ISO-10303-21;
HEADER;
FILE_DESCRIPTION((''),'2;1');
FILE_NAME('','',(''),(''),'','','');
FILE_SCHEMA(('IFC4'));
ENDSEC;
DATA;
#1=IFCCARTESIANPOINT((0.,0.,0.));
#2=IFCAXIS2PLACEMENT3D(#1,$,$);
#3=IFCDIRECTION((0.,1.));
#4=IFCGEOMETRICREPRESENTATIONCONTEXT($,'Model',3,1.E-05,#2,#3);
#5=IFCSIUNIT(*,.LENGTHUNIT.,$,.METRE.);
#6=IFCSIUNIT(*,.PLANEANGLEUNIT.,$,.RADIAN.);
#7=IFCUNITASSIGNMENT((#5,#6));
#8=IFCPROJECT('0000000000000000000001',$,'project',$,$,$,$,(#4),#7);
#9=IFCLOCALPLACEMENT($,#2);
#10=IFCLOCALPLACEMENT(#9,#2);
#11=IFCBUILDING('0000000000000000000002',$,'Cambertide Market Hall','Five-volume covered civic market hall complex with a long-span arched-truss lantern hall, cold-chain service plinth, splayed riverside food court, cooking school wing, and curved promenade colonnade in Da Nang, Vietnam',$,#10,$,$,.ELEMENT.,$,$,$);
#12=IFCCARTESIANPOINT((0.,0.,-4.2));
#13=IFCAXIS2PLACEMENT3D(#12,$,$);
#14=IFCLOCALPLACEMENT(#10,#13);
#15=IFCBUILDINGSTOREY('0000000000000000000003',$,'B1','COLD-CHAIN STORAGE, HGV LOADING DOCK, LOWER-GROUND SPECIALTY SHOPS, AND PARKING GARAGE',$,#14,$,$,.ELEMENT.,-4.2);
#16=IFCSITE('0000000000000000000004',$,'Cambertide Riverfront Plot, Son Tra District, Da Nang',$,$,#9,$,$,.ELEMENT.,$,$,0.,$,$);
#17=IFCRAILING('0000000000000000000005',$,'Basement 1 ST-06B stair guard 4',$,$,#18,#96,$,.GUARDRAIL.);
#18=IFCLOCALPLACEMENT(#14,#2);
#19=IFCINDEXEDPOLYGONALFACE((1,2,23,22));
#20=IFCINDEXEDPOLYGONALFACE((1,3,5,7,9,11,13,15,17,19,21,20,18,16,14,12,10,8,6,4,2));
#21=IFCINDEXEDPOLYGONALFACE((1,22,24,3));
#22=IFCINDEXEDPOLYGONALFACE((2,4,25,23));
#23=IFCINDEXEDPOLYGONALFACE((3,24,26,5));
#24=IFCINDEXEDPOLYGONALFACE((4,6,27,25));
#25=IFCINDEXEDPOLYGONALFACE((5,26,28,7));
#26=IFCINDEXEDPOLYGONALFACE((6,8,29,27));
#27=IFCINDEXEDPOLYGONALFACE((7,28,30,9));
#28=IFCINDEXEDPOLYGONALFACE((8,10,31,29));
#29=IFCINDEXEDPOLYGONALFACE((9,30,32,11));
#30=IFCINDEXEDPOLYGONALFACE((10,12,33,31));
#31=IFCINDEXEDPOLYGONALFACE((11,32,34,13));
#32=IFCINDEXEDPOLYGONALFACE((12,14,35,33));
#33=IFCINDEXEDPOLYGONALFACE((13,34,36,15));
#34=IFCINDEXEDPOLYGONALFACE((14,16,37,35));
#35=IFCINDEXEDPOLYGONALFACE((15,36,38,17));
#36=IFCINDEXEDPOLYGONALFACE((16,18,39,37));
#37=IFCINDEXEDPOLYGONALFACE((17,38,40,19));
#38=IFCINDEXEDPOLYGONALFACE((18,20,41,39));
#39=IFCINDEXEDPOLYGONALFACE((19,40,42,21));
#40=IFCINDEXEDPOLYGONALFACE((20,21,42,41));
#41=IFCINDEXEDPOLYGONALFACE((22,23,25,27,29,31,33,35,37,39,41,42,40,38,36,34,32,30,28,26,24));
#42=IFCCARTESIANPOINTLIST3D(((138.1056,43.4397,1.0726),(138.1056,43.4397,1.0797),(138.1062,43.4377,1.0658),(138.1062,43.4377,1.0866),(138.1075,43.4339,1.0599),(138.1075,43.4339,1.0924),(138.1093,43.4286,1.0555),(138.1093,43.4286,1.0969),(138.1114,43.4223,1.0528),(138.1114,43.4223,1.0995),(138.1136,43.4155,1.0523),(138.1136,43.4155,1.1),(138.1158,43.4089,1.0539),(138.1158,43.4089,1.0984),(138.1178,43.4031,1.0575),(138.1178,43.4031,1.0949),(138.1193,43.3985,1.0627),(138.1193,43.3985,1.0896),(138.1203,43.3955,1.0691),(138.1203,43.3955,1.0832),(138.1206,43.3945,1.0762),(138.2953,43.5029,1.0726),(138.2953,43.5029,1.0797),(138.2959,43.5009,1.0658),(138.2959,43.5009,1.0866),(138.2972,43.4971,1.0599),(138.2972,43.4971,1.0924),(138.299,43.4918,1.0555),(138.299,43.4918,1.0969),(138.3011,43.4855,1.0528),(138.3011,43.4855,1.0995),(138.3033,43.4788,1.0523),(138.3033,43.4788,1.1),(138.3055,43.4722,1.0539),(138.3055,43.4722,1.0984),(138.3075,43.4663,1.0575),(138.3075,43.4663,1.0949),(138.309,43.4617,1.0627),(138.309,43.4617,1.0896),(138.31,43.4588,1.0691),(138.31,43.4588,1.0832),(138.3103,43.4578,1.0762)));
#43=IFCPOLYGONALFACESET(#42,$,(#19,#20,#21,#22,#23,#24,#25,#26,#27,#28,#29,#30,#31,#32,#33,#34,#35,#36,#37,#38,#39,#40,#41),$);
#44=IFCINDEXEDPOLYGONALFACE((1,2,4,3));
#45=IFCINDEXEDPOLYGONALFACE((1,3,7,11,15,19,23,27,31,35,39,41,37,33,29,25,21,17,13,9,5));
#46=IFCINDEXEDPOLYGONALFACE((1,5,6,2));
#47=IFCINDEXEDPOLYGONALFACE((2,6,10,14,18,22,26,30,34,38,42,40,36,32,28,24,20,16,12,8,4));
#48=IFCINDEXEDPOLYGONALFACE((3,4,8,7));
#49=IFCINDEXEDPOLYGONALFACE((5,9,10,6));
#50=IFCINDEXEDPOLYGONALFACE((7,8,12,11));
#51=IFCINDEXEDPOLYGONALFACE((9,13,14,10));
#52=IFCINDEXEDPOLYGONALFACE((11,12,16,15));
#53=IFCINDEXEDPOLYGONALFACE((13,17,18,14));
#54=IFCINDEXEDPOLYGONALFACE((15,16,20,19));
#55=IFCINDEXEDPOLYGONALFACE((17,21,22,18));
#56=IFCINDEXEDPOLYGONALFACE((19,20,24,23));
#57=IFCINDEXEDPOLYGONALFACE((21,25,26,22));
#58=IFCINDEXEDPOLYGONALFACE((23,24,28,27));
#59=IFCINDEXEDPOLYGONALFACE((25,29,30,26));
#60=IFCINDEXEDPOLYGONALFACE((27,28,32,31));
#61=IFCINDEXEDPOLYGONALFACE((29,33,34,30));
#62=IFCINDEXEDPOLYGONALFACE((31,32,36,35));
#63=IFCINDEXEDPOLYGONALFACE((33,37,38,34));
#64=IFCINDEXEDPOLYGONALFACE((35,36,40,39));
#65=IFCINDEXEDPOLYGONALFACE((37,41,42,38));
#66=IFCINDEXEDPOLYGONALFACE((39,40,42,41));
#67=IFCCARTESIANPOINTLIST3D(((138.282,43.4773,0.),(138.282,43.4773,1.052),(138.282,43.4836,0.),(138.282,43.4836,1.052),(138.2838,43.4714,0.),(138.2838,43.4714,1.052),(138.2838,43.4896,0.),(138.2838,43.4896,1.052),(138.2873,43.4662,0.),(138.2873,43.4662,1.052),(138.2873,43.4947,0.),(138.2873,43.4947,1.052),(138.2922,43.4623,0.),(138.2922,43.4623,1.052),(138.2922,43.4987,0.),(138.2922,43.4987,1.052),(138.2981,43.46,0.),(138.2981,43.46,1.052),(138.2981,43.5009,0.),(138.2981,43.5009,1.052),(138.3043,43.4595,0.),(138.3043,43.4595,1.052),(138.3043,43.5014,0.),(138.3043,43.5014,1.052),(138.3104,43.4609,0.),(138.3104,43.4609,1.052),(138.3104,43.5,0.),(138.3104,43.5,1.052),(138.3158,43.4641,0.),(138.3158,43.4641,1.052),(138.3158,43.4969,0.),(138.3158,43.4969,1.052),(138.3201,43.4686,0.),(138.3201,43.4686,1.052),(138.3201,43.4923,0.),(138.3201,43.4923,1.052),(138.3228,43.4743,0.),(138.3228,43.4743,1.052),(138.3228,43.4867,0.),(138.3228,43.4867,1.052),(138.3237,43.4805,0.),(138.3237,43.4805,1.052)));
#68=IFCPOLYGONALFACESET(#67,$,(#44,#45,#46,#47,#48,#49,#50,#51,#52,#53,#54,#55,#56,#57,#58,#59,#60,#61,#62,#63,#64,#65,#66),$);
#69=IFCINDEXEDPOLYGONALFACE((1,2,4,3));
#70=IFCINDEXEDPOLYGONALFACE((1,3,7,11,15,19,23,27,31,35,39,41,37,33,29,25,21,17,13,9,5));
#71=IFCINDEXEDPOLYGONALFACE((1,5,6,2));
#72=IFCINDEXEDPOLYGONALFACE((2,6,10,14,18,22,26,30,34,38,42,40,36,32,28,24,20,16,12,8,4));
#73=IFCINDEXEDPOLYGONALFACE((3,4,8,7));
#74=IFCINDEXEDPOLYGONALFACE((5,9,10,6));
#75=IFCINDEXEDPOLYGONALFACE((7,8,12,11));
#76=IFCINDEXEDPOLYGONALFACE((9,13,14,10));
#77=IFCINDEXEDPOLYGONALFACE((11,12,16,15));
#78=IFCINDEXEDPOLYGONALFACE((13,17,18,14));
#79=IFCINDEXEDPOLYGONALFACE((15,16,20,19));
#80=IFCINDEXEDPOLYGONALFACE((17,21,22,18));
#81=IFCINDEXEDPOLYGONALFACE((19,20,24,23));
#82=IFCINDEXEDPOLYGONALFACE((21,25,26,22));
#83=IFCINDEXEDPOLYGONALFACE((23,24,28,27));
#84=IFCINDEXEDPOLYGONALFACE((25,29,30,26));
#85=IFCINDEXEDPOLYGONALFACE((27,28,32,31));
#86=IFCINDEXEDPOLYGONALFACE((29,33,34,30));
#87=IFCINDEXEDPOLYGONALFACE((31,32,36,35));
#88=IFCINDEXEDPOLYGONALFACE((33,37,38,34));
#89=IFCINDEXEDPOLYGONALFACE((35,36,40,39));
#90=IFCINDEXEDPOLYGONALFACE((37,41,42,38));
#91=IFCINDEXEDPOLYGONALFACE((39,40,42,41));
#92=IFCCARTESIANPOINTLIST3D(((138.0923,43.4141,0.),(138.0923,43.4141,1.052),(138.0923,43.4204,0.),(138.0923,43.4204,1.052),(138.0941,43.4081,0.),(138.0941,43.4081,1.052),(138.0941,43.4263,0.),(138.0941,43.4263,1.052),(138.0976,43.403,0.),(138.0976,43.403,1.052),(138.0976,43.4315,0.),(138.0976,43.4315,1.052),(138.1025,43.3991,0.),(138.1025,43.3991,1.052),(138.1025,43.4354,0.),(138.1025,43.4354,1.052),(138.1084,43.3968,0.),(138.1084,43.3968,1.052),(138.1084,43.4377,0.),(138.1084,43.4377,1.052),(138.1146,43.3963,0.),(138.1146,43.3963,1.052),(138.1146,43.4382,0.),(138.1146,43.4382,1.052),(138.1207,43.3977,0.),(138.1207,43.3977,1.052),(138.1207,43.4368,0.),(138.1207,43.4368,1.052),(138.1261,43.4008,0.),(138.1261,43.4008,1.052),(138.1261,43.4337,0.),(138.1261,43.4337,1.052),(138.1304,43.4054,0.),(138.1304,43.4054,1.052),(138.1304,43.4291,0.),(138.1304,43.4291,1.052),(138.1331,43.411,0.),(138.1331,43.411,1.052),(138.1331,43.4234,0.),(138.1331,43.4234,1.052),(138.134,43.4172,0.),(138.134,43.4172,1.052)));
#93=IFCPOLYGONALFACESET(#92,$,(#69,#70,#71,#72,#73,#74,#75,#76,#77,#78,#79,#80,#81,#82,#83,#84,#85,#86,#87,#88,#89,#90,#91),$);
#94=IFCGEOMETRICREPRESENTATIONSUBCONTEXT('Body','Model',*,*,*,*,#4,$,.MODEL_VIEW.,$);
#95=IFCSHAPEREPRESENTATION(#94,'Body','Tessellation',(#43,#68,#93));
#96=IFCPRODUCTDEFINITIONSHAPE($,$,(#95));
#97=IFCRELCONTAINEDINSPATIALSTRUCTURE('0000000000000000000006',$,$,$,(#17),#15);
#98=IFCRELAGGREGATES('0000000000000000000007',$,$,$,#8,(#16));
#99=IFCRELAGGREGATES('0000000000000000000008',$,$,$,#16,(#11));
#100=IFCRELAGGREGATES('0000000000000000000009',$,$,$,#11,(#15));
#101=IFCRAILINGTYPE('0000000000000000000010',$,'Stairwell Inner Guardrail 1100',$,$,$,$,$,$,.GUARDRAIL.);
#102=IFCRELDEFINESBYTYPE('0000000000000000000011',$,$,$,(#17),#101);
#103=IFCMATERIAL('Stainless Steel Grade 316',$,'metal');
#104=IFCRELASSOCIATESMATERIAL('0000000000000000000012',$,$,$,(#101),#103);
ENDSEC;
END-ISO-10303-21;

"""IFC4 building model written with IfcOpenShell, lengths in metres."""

from ifc_helpers import new_model, si_unit, direction, frame, origin, origin_2d, place, context, subcontext, project, spatial, circle, extrude, material, type_object, element, save


model = new_model("IFC4")

# Units and contexts
model_context = context("Model", 3, precision=1e-05, world=origin(), true_north=direction((0.0, 1.0)))
body_context = subcontext(model_context, "Body", "Model", "MODEL_VIEW")
ifc_project = project(units=[si_unit("LENGTHUNIT", "METRE"), si_unit("PLANEANGLEUNIT", "RADIAN")], contexts=[model_context])

# Site, building, storey
site_placement = place(None, origin())
site = spatial("IfcSite", under=ifc_project, at=site_placement, Name="Cambertide Riverfront Plot, Son Tra District, Da Nang", CompositionType="ELEMENT", RefElevation=0.0)
building_placement = place(site_placement, origin())
building = spatial("IfcBuilding", under=site, at=building_placement, Name="Cambertide Market Hall", Description="Five-volume covered civic market hall complex with a long-span arched-truss lantern hall, cold-chain service plinth, splayed riverside food court, cooking school wing, and curved promenade colonnade in Da Nang, Vietnam", CompositionType="ELEMENT")
storey_placement = place(building_placement, frame((0.0, 0.0, -4.2)))
storey = spatial("IfcBuildingStorey", under=building, at=storey_placement, Name="B1", Description="COLD-CHAIN STORAGE, HGV LOADING DOCK, LOWER-GROUND SPECIALTY SHOPS, AND PARKING GARAGE", CompositionType="ELEMENT", Elevation=-4.2)

# Railing
ifc_material_1 = material(Name="Stainless Steel Grade 316", Category="metal")
railing_type_1 = type_object("IfcRailingType", Name="Stairwell Inner Guardrail 1100", PredefinedType="GUARDRAIL", material=ifc_material_1)
railing_1_placement = place(storey_placement, frame((138.3027, 43.4805, 0.0)))
element("IfcRailing", 1, at=railing_1_placement, inside=storey, type_object=railing_type_1, Name="Basement 1 ST-06B stair guard 4", PredefinedType="GUARDRAIL", context=body_context, shape_type="SweptSolid", body=[
    extrude(circle(Radius=0.0239, at=origin_2d()), frame((0.0, 0.0, 1.0762), z_axis=(-0.948683, -0.316228, 0.0), x_axis=(0.316228, -0.948683, 0.0)), (0.0, 0.0, 1.0), 0.2),
    extrude(circle(Radius=0.021, at=origin_2d()), origin(), (0.0, 0.0, 1.0), 1.052),
    extrude(circle(Radius=0.021, at=origin_2d()), frame((-0.1897, -0.0632, 0.0)), (0.0, 0.0, 1.0), 1.052),
])

save(model, "model.ifc")
